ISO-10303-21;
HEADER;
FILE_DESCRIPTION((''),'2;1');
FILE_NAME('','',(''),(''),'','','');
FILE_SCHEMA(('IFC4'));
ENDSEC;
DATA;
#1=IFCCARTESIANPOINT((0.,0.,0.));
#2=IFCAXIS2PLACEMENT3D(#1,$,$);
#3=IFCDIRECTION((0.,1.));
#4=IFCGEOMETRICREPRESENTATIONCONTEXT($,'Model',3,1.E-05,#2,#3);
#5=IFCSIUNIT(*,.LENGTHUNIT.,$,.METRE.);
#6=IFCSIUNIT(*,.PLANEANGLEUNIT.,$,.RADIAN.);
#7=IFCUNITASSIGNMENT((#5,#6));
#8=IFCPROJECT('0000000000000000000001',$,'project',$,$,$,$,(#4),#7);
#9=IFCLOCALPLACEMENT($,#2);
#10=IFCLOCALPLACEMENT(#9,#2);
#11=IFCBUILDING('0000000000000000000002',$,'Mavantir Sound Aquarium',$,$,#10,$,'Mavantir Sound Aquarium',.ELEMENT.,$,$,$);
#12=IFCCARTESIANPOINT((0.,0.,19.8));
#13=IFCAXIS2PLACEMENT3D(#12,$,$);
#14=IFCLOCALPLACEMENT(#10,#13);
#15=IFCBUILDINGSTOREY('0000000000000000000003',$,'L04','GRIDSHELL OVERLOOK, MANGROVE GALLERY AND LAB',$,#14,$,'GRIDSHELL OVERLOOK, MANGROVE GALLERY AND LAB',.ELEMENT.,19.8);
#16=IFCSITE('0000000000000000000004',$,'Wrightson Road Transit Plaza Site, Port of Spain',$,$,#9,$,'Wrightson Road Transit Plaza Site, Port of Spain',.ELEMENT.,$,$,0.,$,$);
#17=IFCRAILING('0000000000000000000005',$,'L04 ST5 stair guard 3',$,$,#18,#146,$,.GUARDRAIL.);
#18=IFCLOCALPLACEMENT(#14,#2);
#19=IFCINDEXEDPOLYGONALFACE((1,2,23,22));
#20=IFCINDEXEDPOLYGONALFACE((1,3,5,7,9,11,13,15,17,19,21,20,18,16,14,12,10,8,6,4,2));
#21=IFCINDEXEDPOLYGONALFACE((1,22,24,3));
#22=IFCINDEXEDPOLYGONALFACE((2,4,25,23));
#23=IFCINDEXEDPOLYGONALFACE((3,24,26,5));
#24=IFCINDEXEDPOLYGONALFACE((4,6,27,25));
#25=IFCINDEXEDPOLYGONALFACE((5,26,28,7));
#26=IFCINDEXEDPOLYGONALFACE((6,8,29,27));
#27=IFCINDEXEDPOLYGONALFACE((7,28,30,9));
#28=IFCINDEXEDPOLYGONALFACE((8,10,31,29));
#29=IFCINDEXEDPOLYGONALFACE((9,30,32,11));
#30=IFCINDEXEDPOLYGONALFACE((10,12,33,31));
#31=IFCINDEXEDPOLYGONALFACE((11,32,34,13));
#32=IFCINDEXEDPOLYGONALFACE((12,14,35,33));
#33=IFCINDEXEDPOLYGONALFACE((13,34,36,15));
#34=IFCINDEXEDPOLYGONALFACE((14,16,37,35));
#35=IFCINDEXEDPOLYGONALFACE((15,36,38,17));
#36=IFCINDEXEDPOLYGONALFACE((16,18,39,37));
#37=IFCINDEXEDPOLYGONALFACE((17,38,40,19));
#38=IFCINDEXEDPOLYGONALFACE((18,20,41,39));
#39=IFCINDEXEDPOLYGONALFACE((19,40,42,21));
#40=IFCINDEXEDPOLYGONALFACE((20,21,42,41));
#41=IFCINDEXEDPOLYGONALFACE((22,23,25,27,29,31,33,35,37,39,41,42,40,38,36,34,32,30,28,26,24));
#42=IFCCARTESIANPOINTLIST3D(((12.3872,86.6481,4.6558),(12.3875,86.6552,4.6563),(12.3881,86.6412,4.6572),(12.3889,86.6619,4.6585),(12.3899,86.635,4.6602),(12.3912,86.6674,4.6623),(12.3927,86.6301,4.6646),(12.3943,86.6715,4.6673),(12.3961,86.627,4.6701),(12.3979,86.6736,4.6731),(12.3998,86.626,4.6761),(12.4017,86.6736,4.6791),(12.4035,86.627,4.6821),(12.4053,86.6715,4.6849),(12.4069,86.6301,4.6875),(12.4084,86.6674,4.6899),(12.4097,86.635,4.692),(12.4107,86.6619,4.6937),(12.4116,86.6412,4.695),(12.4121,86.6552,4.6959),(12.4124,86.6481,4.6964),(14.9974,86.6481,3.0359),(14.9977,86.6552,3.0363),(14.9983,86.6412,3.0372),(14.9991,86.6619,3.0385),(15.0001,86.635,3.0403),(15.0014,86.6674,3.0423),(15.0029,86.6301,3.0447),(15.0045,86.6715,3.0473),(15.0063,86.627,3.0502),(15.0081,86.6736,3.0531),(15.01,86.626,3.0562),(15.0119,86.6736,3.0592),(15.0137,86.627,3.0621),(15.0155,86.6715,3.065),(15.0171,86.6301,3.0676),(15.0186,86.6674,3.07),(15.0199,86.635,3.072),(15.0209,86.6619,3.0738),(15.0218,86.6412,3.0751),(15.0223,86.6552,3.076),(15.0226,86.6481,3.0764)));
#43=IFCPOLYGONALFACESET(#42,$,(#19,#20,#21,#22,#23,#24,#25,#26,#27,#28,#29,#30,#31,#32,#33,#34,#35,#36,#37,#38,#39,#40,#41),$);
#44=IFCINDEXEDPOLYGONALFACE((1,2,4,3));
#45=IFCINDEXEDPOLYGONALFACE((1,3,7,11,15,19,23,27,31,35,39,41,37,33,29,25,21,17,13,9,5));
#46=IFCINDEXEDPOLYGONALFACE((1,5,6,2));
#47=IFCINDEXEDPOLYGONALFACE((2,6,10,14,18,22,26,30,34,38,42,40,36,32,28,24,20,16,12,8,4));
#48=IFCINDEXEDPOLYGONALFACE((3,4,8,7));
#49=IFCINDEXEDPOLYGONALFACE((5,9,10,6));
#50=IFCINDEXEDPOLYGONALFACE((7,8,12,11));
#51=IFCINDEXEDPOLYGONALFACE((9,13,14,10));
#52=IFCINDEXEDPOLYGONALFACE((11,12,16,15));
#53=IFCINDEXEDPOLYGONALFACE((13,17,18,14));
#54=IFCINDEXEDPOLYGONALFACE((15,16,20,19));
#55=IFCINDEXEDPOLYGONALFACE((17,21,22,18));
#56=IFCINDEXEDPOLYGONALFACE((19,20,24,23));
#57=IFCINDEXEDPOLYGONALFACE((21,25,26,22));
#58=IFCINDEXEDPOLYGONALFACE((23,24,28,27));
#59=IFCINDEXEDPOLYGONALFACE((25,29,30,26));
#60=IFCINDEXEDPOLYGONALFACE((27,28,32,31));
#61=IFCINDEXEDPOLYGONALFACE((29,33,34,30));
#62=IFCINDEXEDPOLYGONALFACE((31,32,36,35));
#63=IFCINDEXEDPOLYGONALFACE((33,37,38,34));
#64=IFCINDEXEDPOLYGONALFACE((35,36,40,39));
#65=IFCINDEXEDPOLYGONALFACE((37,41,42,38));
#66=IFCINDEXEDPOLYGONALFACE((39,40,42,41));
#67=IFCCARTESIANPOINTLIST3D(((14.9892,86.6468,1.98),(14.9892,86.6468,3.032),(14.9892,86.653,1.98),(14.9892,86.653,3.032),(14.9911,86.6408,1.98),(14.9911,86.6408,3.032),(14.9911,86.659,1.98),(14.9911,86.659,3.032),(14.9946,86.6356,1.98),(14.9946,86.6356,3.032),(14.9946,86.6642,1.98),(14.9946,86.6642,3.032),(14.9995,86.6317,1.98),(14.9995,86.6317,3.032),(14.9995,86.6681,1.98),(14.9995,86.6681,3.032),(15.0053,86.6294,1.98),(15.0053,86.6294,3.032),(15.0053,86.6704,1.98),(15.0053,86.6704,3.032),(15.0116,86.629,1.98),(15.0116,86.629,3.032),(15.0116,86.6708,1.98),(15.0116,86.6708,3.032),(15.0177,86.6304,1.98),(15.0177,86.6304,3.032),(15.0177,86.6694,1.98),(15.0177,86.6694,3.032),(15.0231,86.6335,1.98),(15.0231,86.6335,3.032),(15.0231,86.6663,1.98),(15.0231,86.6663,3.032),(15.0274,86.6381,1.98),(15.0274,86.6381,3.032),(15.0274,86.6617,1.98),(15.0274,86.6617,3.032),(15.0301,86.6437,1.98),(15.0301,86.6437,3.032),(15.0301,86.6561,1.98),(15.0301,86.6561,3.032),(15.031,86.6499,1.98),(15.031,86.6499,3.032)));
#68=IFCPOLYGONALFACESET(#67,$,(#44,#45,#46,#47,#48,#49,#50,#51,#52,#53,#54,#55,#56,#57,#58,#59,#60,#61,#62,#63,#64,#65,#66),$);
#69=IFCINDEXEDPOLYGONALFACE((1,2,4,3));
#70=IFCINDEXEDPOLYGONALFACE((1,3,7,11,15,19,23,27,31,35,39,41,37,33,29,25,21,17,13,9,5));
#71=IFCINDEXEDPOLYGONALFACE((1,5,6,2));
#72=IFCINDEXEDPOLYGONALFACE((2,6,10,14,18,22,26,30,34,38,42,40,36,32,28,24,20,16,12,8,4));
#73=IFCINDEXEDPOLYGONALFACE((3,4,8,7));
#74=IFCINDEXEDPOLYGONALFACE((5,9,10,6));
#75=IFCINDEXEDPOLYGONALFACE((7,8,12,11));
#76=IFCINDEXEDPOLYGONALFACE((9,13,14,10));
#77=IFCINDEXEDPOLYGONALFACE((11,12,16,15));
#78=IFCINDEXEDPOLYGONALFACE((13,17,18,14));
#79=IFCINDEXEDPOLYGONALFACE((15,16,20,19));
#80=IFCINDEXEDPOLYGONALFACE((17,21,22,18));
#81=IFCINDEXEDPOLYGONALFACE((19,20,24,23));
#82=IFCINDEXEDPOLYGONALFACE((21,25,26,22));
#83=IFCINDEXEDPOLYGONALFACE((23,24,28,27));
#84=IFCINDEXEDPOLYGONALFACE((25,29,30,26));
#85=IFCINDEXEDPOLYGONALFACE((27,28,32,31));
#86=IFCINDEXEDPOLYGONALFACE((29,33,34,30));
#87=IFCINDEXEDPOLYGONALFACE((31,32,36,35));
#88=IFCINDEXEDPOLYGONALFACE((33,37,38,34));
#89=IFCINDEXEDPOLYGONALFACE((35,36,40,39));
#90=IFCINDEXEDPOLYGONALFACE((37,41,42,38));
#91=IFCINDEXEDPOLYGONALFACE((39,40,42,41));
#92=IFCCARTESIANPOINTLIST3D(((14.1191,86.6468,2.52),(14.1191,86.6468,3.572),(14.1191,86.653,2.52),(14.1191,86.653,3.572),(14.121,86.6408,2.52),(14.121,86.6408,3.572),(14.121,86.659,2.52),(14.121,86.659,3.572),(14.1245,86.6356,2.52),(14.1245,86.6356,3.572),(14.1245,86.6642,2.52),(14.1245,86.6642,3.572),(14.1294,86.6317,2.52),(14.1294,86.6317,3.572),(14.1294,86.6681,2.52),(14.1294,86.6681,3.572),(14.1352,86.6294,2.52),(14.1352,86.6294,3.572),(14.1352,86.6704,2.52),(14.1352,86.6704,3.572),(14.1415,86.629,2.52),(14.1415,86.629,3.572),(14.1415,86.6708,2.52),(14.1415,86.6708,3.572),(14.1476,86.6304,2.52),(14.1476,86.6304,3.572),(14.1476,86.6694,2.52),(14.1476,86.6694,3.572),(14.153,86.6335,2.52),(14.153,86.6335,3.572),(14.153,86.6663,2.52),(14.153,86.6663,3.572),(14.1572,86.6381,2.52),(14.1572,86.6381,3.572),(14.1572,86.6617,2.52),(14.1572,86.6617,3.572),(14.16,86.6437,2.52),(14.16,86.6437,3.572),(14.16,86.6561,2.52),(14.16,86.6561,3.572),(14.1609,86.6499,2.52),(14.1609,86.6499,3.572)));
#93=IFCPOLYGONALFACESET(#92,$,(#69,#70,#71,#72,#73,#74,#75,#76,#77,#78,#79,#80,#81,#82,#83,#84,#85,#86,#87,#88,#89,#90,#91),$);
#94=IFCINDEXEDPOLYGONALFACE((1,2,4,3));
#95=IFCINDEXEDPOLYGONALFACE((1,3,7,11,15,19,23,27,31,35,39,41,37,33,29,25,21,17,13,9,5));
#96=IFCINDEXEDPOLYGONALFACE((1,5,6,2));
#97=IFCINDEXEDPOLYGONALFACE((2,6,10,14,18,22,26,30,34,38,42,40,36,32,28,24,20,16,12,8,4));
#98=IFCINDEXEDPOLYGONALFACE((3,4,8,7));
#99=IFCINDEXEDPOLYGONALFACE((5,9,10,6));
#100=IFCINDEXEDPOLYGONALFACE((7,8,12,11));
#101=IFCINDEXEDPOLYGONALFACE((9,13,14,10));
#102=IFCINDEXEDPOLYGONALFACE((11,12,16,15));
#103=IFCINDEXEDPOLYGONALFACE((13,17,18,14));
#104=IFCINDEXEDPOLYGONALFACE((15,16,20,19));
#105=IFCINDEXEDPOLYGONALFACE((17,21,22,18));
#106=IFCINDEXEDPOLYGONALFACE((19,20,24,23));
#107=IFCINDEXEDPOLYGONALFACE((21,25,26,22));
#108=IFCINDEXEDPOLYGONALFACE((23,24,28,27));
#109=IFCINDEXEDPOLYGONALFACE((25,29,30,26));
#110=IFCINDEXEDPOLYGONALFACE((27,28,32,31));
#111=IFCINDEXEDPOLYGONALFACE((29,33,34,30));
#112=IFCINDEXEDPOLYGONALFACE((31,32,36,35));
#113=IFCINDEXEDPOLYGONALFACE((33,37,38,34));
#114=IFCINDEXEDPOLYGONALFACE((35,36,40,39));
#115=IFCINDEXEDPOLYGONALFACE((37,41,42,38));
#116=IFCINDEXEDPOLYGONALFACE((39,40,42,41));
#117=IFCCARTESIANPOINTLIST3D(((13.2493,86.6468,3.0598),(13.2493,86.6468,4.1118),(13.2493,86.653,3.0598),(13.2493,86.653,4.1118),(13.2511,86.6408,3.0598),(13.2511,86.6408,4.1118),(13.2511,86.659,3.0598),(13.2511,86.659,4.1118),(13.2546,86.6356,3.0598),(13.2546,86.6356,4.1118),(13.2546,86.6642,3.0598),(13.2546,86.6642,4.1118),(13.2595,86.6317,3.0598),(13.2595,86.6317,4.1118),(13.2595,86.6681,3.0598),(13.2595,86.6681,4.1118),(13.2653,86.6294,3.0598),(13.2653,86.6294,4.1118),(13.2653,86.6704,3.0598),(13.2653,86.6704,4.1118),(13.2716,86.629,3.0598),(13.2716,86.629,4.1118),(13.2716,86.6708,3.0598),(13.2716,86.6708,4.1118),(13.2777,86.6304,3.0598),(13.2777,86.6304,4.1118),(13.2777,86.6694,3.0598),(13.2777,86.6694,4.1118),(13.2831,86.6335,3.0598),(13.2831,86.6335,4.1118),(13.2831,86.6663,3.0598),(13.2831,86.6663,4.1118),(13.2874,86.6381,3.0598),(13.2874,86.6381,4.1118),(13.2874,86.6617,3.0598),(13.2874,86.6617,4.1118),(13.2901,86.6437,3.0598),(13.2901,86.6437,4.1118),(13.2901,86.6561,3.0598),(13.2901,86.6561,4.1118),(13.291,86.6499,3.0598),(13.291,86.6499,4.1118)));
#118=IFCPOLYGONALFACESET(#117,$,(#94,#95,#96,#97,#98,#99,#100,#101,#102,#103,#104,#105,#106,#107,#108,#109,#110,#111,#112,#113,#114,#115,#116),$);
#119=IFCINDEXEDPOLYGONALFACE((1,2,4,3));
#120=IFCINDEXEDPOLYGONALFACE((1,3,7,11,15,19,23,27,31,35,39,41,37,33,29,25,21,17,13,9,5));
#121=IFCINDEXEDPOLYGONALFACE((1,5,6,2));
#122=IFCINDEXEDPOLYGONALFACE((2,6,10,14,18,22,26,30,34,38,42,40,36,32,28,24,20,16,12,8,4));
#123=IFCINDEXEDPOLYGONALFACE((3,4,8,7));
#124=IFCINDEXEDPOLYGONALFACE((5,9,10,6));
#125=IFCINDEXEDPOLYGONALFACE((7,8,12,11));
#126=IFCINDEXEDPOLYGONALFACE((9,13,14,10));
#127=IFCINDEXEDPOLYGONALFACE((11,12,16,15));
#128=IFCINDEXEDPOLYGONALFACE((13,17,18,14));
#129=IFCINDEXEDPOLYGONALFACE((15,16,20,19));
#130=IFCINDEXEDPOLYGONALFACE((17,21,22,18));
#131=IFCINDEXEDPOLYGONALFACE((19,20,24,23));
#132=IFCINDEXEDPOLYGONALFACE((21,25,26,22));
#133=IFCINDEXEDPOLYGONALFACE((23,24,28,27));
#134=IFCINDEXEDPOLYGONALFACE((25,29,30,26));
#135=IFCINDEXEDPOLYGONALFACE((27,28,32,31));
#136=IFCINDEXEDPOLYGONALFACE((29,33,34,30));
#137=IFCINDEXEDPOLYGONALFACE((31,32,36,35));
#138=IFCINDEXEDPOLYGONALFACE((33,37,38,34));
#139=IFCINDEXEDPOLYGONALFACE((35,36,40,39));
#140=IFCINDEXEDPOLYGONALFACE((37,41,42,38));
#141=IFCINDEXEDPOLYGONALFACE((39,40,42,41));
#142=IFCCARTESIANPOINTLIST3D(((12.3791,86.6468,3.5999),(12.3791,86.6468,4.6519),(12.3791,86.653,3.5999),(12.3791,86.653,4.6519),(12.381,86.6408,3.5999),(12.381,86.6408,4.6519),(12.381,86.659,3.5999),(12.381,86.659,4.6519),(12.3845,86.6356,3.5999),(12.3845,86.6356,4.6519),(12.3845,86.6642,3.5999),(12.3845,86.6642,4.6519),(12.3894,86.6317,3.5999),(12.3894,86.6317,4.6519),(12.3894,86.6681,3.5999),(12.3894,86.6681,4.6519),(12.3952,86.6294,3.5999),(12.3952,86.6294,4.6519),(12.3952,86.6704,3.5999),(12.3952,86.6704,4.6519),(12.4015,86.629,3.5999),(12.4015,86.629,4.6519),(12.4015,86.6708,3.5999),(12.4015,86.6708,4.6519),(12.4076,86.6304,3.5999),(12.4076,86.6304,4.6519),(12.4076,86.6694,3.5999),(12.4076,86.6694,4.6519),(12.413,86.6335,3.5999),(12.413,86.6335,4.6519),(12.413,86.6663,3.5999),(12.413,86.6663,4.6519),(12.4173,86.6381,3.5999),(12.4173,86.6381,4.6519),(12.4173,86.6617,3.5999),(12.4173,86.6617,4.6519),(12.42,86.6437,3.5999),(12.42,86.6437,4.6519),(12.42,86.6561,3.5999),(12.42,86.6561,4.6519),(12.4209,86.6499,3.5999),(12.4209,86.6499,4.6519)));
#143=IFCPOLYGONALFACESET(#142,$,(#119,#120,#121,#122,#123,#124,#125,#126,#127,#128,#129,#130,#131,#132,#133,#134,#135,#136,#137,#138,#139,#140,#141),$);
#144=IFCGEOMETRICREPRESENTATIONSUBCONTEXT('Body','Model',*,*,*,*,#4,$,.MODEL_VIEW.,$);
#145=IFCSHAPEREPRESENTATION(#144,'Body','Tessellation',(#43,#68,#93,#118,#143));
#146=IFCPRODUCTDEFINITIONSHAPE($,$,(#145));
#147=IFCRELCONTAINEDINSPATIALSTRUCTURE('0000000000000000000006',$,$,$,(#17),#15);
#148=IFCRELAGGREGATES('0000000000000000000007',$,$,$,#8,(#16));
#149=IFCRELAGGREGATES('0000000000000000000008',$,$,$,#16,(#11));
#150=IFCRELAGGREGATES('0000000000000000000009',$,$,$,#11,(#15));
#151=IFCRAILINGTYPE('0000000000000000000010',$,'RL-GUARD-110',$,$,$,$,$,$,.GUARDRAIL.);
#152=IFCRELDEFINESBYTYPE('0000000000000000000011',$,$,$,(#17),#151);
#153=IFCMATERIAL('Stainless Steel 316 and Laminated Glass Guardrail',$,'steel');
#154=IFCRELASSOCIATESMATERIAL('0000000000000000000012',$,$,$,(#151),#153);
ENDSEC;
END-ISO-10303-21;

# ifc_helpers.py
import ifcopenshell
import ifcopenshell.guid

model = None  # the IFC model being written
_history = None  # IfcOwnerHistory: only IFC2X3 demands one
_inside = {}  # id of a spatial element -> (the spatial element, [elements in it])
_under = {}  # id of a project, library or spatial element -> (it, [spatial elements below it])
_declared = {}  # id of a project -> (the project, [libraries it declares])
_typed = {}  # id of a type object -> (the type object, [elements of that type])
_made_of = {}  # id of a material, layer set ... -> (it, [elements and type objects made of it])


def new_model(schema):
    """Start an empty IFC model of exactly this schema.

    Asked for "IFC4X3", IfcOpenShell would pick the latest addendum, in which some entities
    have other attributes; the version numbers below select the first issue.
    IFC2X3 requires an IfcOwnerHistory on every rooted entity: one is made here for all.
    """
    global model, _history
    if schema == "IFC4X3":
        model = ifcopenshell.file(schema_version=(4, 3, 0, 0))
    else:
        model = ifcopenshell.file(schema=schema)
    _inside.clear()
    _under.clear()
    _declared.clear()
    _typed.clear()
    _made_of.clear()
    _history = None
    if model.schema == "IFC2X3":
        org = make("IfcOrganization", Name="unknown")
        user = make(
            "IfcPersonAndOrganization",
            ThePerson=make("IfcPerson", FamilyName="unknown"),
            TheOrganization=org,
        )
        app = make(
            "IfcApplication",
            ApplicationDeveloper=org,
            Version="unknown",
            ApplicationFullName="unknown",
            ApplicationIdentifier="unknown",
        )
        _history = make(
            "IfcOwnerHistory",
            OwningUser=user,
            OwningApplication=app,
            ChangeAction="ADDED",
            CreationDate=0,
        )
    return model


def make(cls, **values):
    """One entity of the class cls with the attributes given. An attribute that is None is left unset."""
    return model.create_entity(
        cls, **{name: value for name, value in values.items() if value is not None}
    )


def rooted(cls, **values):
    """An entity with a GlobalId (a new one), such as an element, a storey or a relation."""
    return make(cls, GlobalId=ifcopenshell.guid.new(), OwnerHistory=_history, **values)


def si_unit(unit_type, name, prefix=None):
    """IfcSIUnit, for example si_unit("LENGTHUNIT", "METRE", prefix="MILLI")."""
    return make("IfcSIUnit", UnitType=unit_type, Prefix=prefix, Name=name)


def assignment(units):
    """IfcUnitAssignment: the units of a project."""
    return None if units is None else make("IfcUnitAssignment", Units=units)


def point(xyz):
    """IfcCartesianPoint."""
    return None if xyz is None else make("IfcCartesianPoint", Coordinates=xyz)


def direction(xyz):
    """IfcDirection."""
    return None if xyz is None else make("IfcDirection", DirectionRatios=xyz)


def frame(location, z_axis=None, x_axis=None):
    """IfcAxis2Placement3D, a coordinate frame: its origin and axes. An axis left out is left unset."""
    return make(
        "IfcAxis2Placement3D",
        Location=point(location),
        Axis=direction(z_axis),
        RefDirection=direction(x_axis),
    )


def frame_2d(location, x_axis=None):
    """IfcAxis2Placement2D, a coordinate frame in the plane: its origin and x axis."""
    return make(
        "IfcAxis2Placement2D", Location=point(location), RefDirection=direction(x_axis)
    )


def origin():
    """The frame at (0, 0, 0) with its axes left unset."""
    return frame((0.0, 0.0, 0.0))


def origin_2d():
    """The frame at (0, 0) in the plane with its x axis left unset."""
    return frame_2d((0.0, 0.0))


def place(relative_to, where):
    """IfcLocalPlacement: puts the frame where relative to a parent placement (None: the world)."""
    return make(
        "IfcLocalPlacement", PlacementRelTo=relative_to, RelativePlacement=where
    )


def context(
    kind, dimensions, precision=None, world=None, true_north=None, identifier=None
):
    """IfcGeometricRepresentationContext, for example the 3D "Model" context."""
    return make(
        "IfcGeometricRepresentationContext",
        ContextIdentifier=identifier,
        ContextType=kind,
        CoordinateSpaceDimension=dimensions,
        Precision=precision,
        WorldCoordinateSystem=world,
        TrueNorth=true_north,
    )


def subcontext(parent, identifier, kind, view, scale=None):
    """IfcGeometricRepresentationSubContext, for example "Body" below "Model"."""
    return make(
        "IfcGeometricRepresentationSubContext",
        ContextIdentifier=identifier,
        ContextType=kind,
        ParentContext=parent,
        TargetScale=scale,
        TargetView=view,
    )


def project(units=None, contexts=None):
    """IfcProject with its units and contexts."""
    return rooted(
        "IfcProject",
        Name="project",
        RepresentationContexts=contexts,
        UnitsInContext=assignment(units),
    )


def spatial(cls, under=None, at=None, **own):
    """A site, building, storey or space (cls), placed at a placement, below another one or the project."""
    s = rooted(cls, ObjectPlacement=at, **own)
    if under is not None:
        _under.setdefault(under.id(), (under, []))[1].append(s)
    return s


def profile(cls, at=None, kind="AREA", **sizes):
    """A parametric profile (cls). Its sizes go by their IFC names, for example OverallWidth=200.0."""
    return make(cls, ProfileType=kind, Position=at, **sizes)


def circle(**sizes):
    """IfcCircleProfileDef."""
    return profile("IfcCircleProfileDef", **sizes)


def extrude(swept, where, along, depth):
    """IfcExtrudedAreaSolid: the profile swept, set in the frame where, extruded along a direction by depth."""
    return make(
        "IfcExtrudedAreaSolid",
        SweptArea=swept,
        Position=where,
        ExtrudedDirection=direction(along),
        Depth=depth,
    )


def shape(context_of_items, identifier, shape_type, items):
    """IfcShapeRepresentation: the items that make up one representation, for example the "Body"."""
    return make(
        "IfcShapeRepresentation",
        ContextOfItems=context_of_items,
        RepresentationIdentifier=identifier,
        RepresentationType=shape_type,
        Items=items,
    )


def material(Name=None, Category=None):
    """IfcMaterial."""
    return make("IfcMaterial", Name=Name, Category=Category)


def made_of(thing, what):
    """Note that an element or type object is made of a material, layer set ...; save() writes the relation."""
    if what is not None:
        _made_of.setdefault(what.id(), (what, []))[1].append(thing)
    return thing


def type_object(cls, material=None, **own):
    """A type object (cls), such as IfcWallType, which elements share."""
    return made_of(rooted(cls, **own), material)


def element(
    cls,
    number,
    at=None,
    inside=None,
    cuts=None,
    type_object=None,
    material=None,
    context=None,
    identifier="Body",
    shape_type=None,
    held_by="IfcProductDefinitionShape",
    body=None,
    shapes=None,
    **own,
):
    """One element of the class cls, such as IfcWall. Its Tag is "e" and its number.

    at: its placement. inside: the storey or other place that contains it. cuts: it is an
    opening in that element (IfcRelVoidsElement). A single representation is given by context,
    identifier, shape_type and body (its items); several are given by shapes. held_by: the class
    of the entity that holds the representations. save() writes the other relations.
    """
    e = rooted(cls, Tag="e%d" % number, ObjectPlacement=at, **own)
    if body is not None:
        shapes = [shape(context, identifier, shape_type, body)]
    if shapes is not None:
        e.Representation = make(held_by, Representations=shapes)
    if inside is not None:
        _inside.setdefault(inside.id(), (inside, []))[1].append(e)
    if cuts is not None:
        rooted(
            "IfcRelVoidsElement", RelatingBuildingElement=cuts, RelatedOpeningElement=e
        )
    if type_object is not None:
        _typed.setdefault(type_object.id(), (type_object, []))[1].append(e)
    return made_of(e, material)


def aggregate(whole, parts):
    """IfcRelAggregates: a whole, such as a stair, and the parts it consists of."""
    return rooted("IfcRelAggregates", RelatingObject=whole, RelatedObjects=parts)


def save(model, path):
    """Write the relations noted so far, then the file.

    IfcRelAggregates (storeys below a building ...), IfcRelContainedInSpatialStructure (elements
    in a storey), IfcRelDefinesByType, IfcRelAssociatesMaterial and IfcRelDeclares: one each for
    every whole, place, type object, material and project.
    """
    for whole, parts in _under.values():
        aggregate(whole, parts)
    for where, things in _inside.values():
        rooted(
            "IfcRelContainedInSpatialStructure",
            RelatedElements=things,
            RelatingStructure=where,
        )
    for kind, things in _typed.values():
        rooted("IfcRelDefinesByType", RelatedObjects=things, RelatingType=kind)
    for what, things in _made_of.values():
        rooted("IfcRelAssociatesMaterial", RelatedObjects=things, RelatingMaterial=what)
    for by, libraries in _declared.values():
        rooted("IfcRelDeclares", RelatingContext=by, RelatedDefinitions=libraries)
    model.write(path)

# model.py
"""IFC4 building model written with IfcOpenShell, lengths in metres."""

from ifc_helpers import new_model, si_unit, direction, frame, origin, origin_2d, place, context, subcontext, project, spatial, circle, extrude, material, type_object, element, save


model = new_model("IFC4")

# Units and contexts
model_context = context("Model", 3, precision=1e-05, world=origin(), true_north=direction((0.0, 1.0)))
body_context = subcontext(model_context, "Body", "Model", "MODEL_VIEW")
ifc_project = project(units=[si_unit("LENGTHUNIT", "METRE"), si_unit("PLANEANGLEUNIT", "RADIAN")], contexts=[model_context])

# Site, building, storey
site_placement = place(None, origin())
site = spatial("IfcSite", under=ifc_project, at=site_placement, Name="Wrightson Road Transit Plaza Site, Port of Spain", LongName="Wrightson Road Transit Plaza Site, Port of Spain", CompositionType="ELEMENT", RefElevation=0.0)
building_placement = place(site_placement, origin())
building = spatial("IfcBuilding", under=site, at=building_placement, Name="Mavantir Sound Aquarium", LongName="Mavantir Sound Aquarium", CompositionType="ELEMENT")
storey_placement = place(building_placement, frame((0.0, 0.0, 19.8)))
storey = spatial("IfcBuildingStorey", under=building, at=storey_placement, Name="L04", Description="GRIDSHELL OVERLOOK, MANGROVE GALLERY AND LAB", LongName="GRIDSHELL OVERLOOK, MANGROVE GALLERY AND LAB", CompositionType="ELEMENT", Elevation=19.8)

# Railing
ifc_material_1 = material(Name="Stainless Steel 316 and Laminated Glass Guardrail", Category="steel")
railing_type_1 = type_object("IfcRailingType", Name="RL-GUARD-110", PredefinedType="GUARDRAIL", material=ifc_material_1)
railing_1_placement = place(storey_placement, frame((15.01, 86.6499, 1.98)))
element("IfcRailing", 1, at=railing_1_placement, inside=storey, type_object=railing_type_1, Name="L04 ST5 stair guard 3", PredefinedType="GUARDRAIL", context=body_context, shape_type="SweptSolid", body=[
    extrude(circle(Radius=0.0239, at=origin_2d()), frame((0.0, 0.0, 1.0762), z_axis=(-0.849668, 0.0, 0.527317), x_axis=(0.0, -1.0, 0.0)), (0.0, 0.0, 1.0), 3.072),
    extrude(circle(Radius=0.021, at=origin_2d()), origin(), (0.0, 0.0, 1.0), 1.052),
    extrude(circle(Radius=0.021, at=origin_2d()), frame((-0.8701, 0.0, 0.54)), (0.0, 0.0, 1.0), 1.052),
    extrude(circle(Radius=0.021, at=origin_2d()), frame((-1.74, 0.0, 1.0798)), (0.0, 0.0, 1.0), 1.052),
    extrude(circle(Radius=0.021, at=origin_2d()), frame((-2.6101, 0.0, 1.6199)), (0.0, 0.0, 1.0), 1.052),
])

save(model, "model.ifc")
